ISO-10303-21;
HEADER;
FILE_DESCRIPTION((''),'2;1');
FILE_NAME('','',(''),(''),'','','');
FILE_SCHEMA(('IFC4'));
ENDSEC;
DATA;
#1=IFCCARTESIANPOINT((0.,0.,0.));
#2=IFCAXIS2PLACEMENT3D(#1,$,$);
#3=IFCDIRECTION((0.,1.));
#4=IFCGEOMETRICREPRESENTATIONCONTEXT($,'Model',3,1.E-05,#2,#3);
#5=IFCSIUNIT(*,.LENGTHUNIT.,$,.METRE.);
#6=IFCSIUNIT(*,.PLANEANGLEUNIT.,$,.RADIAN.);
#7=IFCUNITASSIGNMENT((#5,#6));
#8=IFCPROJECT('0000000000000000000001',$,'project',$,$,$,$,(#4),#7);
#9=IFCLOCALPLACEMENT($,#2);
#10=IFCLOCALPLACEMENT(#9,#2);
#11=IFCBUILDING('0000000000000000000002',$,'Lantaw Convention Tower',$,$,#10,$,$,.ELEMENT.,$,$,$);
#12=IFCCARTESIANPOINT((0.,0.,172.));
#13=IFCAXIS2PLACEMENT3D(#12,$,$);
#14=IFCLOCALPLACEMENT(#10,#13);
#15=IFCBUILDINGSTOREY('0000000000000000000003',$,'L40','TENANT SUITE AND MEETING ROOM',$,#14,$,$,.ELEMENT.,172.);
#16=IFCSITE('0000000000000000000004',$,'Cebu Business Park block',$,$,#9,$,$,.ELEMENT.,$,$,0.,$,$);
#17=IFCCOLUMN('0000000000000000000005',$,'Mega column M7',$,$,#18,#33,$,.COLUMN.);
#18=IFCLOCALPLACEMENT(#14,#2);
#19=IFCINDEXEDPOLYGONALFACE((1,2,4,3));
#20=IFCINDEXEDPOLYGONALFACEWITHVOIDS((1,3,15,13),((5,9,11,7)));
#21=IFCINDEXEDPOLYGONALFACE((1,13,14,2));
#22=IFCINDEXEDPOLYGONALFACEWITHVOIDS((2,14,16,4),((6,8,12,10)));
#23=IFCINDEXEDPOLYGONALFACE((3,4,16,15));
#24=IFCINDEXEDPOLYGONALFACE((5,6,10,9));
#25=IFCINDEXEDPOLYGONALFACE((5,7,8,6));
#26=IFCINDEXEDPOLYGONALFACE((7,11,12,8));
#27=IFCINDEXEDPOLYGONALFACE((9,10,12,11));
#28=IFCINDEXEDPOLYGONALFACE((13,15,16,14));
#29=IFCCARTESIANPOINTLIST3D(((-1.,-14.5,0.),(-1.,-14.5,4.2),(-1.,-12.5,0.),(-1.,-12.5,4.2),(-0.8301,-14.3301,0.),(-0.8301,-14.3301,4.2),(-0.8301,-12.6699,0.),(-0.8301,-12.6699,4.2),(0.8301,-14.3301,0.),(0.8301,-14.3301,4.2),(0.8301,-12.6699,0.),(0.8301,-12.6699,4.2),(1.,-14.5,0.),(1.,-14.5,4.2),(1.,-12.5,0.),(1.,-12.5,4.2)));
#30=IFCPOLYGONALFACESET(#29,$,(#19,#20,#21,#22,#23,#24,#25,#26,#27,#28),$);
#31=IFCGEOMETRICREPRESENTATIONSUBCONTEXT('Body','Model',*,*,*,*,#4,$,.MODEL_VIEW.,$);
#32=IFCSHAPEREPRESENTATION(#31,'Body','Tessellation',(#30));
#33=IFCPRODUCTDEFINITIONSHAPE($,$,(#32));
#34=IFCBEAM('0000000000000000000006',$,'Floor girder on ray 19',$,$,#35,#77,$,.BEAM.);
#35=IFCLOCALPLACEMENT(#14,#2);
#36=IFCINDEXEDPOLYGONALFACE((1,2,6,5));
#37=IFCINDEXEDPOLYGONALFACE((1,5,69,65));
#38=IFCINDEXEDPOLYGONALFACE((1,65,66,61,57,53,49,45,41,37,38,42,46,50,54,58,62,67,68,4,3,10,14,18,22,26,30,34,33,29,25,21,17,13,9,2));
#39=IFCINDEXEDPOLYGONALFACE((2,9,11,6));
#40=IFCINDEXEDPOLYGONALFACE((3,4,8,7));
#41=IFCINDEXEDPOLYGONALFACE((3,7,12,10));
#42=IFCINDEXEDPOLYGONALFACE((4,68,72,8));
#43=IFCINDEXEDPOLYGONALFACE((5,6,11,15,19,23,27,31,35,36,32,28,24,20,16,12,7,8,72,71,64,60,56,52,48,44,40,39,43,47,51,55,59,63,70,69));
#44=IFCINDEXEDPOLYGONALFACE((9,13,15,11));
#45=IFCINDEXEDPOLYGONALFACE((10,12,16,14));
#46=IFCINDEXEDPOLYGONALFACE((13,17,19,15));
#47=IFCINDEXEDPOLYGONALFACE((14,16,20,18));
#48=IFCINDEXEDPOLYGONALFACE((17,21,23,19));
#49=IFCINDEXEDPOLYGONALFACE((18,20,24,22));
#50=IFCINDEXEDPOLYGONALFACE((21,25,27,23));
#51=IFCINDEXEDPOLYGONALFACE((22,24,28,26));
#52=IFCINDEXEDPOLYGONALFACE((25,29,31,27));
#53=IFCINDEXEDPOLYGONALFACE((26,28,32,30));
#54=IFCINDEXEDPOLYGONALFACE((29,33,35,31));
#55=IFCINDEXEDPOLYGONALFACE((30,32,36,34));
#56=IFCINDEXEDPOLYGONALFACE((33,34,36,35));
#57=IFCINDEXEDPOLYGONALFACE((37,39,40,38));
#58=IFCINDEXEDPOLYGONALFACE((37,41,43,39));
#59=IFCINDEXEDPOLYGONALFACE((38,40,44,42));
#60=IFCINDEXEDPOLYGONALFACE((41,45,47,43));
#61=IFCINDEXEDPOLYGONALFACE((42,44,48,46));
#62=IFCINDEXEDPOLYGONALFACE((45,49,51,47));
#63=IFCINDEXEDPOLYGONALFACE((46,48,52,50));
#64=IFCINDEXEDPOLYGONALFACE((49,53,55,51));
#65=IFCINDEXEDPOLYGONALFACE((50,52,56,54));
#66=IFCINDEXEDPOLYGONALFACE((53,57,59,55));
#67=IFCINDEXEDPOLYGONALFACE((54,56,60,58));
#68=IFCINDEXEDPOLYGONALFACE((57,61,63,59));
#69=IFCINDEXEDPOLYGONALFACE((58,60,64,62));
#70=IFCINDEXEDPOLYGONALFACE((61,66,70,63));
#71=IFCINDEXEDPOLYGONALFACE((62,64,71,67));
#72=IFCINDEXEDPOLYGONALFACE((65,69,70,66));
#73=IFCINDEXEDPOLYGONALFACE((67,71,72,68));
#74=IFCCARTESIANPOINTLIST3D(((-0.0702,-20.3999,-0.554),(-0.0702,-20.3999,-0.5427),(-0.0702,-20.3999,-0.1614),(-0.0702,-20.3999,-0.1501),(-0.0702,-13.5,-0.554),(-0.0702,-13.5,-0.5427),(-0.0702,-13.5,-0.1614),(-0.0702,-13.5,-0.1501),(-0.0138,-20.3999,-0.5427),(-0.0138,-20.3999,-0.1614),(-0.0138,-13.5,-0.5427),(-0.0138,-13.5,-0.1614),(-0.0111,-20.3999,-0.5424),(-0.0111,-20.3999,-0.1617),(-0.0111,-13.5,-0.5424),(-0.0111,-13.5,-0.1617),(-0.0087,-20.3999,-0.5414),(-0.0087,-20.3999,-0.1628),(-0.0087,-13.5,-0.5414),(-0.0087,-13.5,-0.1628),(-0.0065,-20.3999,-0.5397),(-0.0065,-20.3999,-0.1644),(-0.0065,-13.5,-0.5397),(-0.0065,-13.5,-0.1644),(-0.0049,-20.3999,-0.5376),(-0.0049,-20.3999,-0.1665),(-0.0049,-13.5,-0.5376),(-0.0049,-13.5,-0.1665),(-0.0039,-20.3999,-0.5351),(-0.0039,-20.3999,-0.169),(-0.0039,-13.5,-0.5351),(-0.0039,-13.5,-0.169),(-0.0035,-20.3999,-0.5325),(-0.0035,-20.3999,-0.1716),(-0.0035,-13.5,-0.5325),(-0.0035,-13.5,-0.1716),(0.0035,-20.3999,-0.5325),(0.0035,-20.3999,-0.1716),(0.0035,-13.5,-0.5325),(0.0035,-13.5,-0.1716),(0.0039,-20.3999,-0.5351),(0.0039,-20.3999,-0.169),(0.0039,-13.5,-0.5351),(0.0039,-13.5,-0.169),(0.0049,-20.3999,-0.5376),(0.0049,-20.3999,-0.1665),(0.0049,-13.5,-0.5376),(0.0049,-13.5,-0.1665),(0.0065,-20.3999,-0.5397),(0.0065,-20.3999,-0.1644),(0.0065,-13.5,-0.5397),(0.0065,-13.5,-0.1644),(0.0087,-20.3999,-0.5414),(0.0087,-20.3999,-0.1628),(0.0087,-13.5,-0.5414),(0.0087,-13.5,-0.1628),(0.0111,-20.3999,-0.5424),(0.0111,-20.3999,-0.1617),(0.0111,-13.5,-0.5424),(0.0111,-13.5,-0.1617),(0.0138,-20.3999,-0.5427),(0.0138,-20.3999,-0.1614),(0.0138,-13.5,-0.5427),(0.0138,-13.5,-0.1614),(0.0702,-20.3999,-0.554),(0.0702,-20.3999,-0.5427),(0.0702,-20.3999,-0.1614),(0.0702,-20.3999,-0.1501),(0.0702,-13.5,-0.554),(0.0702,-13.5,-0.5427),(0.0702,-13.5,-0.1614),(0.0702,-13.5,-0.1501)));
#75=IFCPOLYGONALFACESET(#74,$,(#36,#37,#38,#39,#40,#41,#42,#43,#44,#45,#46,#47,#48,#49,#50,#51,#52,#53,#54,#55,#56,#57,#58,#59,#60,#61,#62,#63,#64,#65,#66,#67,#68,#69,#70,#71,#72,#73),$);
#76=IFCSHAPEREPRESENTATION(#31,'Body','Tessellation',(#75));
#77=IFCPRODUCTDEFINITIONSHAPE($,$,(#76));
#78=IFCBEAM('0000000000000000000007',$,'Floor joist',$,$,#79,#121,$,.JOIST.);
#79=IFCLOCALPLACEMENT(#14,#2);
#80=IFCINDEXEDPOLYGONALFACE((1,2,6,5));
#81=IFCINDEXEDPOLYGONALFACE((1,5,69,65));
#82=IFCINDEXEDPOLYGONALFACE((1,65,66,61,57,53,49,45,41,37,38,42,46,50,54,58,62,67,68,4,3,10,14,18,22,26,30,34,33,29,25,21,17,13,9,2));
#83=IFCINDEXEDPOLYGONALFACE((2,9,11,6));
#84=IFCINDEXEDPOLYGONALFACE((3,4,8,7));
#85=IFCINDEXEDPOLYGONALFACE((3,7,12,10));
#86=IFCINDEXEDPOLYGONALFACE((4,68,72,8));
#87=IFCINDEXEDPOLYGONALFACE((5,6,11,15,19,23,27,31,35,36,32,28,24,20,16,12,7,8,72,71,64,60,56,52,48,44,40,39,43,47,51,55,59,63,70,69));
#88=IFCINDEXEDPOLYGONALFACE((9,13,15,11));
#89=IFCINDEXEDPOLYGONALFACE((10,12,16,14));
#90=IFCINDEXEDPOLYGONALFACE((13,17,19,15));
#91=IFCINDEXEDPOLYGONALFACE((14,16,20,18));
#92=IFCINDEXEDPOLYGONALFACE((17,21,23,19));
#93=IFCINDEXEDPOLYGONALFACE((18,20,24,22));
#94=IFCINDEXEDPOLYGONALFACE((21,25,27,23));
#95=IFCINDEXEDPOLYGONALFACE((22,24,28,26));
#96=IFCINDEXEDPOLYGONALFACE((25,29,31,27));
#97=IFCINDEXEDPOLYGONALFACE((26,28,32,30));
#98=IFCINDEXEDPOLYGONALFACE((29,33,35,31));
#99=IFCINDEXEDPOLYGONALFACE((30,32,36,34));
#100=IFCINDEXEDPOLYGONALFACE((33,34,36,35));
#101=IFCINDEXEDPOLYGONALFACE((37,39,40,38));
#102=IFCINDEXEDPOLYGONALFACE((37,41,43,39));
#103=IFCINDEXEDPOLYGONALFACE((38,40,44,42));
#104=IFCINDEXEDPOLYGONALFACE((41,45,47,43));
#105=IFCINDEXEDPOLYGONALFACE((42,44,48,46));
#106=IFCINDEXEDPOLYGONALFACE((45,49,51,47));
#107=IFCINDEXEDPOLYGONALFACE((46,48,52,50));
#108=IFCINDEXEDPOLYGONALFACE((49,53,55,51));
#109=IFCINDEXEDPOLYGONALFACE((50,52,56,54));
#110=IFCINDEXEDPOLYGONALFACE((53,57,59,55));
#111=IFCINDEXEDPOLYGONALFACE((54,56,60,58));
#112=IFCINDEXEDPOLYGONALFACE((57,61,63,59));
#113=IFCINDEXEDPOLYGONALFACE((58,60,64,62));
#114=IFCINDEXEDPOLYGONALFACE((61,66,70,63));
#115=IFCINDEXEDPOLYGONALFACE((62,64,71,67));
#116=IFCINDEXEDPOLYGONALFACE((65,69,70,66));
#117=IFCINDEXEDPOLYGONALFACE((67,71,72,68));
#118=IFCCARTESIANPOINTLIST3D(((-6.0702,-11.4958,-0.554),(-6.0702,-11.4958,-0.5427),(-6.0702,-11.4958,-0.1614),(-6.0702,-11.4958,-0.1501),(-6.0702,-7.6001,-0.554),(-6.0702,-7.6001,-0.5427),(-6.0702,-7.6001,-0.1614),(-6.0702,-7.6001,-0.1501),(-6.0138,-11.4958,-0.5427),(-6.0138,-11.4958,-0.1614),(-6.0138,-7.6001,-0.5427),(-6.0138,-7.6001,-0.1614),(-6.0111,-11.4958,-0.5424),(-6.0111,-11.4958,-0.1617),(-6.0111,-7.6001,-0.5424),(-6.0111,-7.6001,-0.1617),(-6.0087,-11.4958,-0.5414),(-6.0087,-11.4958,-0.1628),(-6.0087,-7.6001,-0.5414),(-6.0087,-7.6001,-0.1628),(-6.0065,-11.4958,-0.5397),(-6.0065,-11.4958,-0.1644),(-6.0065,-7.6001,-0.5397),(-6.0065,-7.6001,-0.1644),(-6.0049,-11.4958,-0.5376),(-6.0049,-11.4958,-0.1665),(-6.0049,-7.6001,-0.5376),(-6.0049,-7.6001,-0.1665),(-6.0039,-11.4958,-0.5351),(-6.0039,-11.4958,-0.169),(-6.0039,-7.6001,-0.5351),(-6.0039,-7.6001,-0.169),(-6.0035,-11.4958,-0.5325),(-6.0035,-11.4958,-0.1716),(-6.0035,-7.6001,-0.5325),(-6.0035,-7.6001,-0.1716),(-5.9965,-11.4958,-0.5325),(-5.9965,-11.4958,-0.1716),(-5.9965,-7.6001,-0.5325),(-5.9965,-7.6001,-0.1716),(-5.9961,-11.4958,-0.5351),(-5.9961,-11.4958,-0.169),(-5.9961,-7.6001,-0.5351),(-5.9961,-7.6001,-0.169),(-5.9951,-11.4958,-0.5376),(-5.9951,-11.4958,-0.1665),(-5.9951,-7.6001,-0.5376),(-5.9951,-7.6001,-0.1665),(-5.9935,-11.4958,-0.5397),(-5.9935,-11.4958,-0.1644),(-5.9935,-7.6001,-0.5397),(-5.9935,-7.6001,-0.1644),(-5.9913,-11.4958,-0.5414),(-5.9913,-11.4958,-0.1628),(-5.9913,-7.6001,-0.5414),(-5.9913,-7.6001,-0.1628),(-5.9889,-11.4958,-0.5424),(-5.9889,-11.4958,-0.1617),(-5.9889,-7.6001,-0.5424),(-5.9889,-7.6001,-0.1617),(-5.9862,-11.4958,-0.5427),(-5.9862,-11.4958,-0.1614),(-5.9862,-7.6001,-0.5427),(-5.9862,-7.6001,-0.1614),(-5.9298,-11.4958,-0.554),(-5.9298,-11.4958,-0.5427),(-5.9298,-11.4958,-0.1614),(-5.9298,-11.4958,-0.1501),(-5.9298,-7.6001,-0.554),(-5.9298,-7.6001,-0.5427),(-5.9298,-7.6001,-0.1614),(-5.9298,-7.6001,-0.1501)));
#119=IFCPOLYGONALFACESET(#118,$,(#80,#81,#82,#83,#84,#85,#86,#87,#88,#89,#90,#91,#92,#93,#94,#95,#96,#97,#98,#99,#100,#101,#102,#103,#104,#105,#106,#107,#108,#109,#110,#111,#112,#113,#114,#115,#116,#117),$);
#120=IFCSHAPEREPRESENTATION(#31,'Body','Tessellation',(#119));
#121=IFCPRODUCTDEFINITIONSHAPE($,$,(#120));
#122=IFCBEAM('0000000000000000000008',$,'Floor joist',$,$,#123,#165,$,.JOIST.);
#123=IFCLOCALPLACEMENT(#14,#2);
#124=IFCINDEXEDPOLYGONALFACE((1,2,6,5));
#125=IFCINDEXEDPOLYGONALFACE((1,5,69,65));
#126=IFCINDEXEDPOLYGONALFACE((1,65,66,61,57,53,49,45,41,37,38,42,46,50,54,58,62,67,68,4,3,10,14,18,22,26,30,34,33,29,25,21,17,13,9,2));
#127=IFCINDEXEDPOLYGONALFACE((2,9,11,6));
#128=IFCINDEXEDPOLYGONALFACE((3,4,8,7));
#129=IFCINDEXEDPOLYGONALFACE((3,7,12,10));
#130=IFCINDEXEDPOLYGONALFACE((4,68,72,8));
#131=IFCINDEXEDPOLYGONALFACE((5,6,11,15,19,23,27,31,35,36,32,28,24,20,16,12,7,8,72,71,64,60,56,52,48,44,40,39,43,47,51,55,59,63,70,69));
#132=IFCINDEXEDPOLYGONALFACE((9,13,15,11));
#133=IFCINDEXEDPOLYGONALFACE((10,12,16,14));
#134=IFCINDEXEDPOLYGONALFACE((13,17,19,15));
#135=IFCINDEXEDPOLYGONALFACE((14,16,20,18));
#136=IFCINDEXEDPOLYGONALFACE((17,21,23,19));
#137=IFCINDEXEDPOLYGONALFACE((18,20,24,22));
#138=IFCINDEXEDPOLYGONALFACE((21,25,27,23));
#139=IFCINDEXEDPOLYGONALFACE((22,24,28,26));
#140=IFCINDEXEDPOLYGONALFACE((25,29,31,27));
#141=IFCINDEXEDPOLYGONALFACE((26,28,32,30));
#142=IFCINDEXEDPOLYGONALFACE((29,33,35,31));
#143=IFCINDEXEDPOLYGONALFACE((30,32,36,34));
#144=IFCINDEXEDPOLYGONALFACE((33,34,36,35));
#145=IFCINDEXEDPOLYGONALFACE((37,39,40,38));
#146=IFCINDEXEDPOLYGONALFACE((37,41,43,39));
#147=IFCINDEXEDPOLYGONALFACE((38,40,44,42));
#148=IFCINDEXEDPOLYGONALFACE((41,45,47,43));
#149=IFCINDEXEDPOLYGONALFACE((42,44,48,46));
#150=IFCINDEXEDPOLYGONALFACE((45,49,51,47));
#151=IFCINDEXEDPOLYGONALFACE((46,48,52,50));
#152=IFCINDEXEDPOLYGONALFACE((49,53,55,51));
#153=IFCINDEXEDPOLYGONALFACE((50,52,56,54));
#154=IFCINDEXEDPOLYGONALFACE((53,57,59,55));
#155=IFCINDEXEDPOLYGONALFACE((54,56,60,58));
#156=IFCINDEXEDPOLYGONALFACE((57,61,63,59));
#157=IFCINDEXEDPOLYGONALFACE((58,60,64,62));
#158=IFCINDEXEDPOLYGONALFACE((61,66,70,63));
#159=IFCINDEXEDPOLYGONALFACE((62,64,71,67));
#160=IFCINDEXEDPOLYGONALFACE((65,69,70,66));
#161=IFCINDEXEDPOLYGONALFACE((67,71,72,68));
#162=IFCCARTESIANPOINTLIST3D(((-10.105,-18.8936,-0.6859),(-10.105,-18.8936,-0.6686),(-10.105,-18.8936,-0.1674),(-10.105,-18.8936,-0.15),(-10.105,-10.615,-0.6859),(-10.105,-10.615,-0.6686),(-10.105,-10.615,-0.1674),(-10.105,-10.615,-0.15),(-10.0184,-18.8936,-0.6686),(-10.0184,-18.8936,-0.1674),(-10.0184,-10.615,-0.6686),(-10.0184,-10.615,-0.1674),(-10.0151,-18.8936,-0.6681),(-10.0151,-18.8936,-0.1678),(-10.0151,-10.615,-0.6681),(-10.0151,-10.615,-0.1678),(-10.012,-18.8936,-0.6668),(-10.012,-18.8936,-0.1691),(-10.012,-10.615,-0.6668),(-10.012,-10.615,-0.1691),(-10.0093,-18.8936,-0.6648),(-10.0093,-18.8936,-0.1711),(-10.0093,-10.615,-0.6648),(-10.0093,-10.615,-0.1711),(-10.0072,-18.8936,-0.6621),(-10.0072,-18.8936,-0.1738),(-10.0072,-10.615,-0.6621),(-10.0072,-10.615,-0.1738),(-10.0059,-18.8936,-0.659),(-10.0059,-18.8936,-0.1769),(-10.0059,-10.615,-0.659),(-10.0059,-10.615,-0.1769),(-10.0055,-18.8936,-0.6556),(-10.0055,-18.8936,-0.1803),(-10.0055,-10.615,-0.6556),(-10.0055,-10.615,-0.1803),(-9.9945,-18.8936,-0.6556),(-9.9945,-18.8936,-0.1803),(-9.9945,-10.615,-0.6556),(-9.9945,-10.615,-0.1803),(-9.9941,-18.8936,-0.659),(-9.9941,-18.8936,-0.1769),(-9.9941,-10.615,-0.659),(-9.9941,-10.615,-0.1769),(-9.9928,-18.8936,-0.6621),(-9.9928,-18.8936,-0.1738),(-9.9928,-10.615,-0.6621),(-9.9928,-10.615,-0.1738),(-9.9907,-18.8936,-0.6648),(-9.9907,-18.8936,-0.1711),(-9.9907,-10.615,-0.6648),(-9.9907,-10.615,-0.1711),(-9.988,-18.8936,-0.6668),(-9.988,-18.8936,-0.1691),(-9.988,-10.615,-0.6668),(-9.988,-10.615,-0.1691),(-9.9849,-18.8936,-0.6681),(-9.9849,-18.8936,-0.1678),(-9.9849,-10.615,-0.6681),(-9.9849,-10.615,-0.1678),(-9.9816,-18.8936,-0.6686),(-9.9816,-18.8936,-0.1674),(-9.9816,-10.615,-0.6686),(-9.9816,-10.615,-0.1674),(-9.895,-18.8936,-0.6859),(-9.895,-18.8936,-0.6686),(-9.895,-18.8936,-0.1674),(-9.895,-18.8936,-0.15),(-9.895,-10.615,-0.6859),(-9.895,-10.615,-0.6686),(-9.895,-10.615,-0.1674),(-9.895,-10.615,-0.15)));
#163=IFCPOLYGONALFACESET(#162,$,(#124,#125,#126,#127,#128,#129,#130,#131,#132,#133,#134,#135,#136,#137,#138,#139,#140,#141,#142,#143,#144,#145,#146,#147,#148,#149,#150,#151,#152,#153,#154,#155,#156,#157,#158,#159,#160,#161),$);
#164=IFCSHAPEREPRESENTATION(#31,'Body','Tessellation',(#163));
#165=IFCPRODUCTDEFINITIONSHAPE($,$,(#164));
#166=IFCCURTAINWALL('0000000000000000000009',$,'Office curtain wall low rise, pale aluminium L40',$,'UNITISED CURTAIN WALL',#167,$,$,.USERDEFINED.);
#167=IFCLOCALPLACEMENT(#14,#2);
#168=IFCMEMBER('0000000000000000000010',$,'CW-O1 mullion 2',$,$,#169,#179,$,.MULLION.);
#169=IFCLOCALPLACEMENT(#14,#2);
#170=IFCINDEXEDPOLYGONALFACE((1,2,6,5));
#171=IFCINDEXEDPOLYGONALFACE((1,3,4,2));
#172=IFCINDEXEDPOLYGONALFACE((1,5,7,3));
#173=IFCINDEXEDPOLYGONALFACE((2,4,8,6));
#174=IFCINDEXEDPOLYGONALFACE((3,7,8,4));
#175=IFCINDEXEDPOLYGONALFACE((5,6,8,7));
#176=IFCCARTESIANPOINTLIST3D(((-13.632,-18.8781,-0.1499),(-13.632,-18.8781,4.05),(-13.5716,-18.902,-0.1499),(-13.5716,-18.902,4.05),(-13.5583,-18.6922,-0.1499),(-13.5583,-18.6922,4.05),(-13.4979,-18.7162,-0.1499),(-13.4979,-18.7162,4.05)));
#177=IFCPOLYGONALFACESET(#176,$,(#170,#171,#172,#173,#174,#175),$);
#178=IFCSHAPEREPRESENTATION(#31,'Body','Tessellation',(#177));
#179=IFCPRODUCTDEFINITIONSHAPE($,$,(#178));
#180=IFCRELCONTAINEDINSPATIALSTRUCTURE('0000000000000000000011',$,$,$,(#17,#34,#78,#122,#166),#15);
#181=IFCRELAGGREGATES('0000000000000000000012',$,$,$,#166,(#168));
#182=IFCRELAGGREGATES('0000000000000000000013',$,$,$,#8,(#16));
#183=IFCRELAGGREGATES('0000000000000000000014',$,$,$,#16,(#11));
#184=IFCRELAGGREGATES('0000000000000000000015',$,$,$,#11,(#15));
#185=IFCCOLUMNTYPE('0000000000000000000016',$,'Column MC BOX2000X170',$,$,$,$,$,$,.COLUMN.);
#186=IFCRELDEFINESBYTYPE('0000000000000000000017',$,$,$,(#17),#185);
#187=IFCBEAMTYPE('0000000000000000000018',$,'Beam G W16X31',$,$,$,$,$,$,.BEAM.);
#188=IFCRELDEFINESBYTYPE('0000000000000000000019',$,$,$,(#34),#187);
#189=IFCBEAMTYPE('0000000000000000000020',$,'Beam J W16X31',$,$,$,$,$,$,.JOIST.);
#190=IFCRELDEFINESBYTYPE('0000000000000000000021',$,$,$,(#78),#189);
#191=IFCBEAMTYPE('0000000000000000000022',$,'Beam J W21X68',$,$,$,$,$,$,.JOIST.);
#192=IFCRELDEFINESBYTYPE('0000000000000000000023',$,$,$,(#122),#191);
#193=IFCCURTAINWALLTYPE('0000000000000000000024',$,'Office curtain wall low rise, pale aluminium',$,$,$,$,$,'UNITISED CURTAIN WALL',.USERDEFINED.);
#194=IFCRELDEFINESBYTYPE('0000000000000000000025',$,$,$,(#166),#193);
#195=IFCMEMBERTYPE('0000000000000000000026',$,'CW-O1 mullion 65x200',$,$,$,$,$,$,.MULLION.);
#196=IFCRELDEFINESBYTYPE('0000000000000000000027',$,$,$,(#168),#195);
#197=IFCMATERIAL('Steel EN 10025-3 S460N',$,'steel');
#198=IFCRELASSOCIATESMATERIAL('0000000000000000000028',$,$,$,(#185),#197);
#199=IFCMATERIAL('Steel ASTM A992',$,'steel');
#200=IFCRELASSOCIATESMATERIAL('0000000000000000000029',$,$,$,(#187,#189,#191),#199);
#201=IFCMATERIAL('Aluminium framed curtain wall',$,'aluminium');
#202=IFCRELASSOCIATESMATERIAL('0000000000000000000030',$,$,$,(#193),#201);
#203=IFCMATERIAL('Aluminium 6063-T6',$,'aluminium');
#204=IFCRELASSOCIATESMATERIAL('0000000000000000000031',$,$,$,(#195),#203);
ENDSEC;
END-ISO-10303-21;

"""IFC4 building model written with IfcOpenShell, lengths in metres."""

from ifc_helpers import new_model, si_unit, direction, frame, origin, origin_2d, place, context, subcontext, project, spatial, rectangle, hollow_rectangle, i_section, extrude, material, material_profile, profile_set, type_object, element, aggregate, save


model = new_model("IFC4")

# Units and contexts
model_context = context("Model", 3, precision=1e-05, world=origin(), true_north=direction((0.0, 1.0)))
body_context = subcontext(model_context, "Body", "Model", "MODEL_VIEW")
ifc_project = project(units=[si_unit("LENGTHUNIT", "METRE"), si_unit("PLANEANGLEUNIT", "RADIAN")], contexts=[model_context])

# Site, building, storey
site_placement = place(None, origin())
site = spatial("IfcSite", under=ifc_project, at=site_placement, Name="Cebu Business Park block", CompositionType="ELEMENT", RefElevation=0.0)
building_placement = place(site_placement, origin())
building = spatial("IfcBuilding", under=site, at=building_placement, Name="Lantaw Convention Tower", CompositionType="ELEMENT")
storey_placement = place(building_placement, frame((0.0, 0.0, 172.0)))
storey = spatial("IfcBuildingStorey", under=building, at=storey_placement, Name="L40", Description="TENANT SUITE AND MEETING ROOM", CompositionType="ELEMENT", Elevation=172.0)

# Column
ifc_material_1 = material(Name="Steel EN 10025-3 S460N", Category="steel")
ifc_material_profile_1 = material_profile(ifc_material_1, hollow_rectangle(XDim=2.0, YDim=2.0, WallThickness=0.1699, at=origin_2d()), Name="BOX2000X170")
ifc_material_2 = material(Name="Concrete C60/75", Category="concrete")
ifc_material_profile_2 = material_profile(ifc_material_2, rectangle(XDim=1.6599, YDim=1.6599, at=origin_2d()), Name="Concrete fill of BOX2000X170")
ifc_profile_set_1 = profile_set([ifc_material_profile_1, ifc_material_profile_2], Name="Steel EN 10025-3 S460N")
column_type = type_object("IfcColumnType", Name="Column MC BOX2000X170", PredefinedType="COLUMN", material=ifc_profile_set_1)
column_placement = place(storey_placement, frame((0.0, -13.5, 0.0), z_axis=(0.0, 0.0, 1.0), x_axis=(1.0, 0.0, 0.0)))
element("IfcColumn", 1, at=column_placement, inside=storey, type_object=column_type, Name="Mega column M7", PredefinedType="COLUMN", context=body_context, shape_type="SweptSolid", body=[
    extrude(hollow_rectangle(XDim=2.0, YDim=2.0, WallThickness=0.1699, at=origin_2d()), origin(), (0.0, 0.0, 1.0), 4.2),
])

# Beams
ifc_material_3 = material(Name="Steel ASTM A992", Category="steel")
ifc_material_profile_3 = material_profile(ifc_material_3, i_section(OverallWidth=0.1404, OverallDepth=0.4038, WebThickness=0.0071, FlangeThickness=0.0112, FilletRadius=0.0103, at=origin_2d()), Name="W16X31")
ifc_profile_set_2 = profile_set([ifc_material_profile_3], Name="Steel ASTM A992")
beam_type_1 = type_object("IfcBeamType", Name="Beam G W16X31", PredefinedType="BEAM", material=ifc_profile_set_2)
beam_1_placement = place(storey_placement, frame((0.0, -13.5, -0.3521), z_axis=(0.0, -1.0, 0.0), x_axis=(1.0, 0.0, 0.0)))
element("IfcBeam", 2, at=beam_1_placement, inside=storey, type_object=beam_type_1, Name="Floor girder on ray 19", PredefinedType="BEAM", context=body_context, shape_type="SweptSolid", body=[
    extrude(i_section(OverallWidth=0.1404, OverallDepth=0.4038, WebThickness=0.0071, FlangeThickness=0.0112, FilletRadius=0.0103, at=origin_2d()), origin(), (0.0, 0.0, 1.0), 6.8999),
])
ifc_material_profile_4 = material_profile(ifc_material_3, i_section(OverallWidth=0.1404, OverallDepth=0.4038, WebThickness=0.0071, FlangeThickness=0.0112, FilletRadius=0.0103, at=origin_2d()), Name="W16X31")
ifc_profile_set_3 = profile_set([ifc_material_profile_4], Name="Steel ASTM A992")
beam_type_2 = type_object("IfcBeamType", Name="Beam J W16X31", PredefinedType="JOIST", material=ifc_profile_set_3)
beam_2_placement = place(storey_placement, frame((-6.0, -11.4958, -0.3521), z_axis=(0.0, 1.0, 0.0), x_axis=(-1.0, 0.0, 0.0)))
element("IfcBeam", 3, at=beam_2_placement, inside=storey, type_object=beam_type_2, Name="Floor joist", PredefinedType="JOIST", context=body_context, shape_type="SweptSolid", body=[
    extrude(i_section(OverallWidth=0.1404, OverallDepth=0.4038, WebThickness=0.0071, FlangeThickness=0.0112, FilletRadius=0.0103, at=origin_2d()), origin(), (0.0, 0.0, 1.0), 3.8958),
])
ifc_material_profile_5 = material_profile(ifc_material_3, i_section(OverallWidth=0.21, OverallDepth=0.5359, WebThickness=0.011, FlangeThickness=0.0173, FilletRadius=0.0129, at=origin_2d()), Name="W21X68")
ifc_profile_set_4 = profile_set([ifc_material_profile_5], Name="Steel ASTM A992")
beam_type_3 = type_object("IfcBeamType", Name="Beam J W21X68", PredefinedType="JOIST", material=ifc_profile_set_4)
beam_3_placement = place(storey_placement, frame((-10.0, -18.8936, -0.418), z_axis=(0.0, 1.0, 0.0), x_axis=(-1.0, 0.0, 0.0)))
element("IfcBeam", 4, at=beam_3_placement, inside=storey, type_object=beam_type_3, Name="Floor joist", PredefinedType="JOIST", context=body_context, shape_type="SweptSolid", body=[
    extrude(i_section(OverallWidth=0.21, OverallDepth=0.5359, WebThickness=0.011, FlangeThickness=0.0173, FilletRadius=0.0129, at=origin_2d()), origin(), (0.0, 0.0, 1.0), 8.2786),
])

# Curtain wall, member
ifc_material_4 = material(Name="Aluminium framed curtain wall", Category="aluminium")
curtain_wall_type = type_object("IfcCurtainWallType", Name="Office curtain wall low rise, pale aluminium", ElementType="UNITISED CURTAIN WALL", PredefinedType="USERDEFINED", material=ifc_material_4)
curtain_wall_placement = place(storey_placement, origin())
curtain_wall = element("IfcCurtainWall", 5, at=curtain_wall_placement, inside=storey, type_object=curtain_wall_type, Name="Office curtain wall low rise, pale aluminium L40", ObjectType="UNITISED CURTAIN WALL", PredefinedType="USERDEFINED")
ifc_material_5 = material(Name="Aluminium 6063-T6", Category="aluminium")
ifc_material_profile_6 = material_profile(ifc_material_5, rectangle(XDim=0.2, YDim=0.0649, at=origin_2d()), Name="CW-O1 mullion 65x200")
ifc_profile_set_5 = profile_set([ifc_material_profile_6], Name="Aluminium 6063-T6")
member_type_1 = type_object("IfcMemberType", Name="CW-O1 mullion 65x200", PredefinedType="MULLION", material=ifc_profile_set_5)
member_1_placement = place(storey_placement, frame((-13.5649, -18.7971, -0.1499), z_axis=(0.0, 0.0, 1.0), x_axis=(0.368702, 0.929548, 0.0)))
member_1 = element("IfcMember", 6, at=member_1_placement, type_object=member_type_1, Name="CW-O1 mullion 2", PredefinedType="MULLION", context=body_context, shape_type="SweptSolid", body=[
    extrude(rectangle(XDim=0.2, YDim=0.0649, at=origin_2d()), origin(), (0.0, 0.0, 1.0), 4.2),
])
aggregate(curtain_wall, [member_1])

save(model, "model.ifc")
